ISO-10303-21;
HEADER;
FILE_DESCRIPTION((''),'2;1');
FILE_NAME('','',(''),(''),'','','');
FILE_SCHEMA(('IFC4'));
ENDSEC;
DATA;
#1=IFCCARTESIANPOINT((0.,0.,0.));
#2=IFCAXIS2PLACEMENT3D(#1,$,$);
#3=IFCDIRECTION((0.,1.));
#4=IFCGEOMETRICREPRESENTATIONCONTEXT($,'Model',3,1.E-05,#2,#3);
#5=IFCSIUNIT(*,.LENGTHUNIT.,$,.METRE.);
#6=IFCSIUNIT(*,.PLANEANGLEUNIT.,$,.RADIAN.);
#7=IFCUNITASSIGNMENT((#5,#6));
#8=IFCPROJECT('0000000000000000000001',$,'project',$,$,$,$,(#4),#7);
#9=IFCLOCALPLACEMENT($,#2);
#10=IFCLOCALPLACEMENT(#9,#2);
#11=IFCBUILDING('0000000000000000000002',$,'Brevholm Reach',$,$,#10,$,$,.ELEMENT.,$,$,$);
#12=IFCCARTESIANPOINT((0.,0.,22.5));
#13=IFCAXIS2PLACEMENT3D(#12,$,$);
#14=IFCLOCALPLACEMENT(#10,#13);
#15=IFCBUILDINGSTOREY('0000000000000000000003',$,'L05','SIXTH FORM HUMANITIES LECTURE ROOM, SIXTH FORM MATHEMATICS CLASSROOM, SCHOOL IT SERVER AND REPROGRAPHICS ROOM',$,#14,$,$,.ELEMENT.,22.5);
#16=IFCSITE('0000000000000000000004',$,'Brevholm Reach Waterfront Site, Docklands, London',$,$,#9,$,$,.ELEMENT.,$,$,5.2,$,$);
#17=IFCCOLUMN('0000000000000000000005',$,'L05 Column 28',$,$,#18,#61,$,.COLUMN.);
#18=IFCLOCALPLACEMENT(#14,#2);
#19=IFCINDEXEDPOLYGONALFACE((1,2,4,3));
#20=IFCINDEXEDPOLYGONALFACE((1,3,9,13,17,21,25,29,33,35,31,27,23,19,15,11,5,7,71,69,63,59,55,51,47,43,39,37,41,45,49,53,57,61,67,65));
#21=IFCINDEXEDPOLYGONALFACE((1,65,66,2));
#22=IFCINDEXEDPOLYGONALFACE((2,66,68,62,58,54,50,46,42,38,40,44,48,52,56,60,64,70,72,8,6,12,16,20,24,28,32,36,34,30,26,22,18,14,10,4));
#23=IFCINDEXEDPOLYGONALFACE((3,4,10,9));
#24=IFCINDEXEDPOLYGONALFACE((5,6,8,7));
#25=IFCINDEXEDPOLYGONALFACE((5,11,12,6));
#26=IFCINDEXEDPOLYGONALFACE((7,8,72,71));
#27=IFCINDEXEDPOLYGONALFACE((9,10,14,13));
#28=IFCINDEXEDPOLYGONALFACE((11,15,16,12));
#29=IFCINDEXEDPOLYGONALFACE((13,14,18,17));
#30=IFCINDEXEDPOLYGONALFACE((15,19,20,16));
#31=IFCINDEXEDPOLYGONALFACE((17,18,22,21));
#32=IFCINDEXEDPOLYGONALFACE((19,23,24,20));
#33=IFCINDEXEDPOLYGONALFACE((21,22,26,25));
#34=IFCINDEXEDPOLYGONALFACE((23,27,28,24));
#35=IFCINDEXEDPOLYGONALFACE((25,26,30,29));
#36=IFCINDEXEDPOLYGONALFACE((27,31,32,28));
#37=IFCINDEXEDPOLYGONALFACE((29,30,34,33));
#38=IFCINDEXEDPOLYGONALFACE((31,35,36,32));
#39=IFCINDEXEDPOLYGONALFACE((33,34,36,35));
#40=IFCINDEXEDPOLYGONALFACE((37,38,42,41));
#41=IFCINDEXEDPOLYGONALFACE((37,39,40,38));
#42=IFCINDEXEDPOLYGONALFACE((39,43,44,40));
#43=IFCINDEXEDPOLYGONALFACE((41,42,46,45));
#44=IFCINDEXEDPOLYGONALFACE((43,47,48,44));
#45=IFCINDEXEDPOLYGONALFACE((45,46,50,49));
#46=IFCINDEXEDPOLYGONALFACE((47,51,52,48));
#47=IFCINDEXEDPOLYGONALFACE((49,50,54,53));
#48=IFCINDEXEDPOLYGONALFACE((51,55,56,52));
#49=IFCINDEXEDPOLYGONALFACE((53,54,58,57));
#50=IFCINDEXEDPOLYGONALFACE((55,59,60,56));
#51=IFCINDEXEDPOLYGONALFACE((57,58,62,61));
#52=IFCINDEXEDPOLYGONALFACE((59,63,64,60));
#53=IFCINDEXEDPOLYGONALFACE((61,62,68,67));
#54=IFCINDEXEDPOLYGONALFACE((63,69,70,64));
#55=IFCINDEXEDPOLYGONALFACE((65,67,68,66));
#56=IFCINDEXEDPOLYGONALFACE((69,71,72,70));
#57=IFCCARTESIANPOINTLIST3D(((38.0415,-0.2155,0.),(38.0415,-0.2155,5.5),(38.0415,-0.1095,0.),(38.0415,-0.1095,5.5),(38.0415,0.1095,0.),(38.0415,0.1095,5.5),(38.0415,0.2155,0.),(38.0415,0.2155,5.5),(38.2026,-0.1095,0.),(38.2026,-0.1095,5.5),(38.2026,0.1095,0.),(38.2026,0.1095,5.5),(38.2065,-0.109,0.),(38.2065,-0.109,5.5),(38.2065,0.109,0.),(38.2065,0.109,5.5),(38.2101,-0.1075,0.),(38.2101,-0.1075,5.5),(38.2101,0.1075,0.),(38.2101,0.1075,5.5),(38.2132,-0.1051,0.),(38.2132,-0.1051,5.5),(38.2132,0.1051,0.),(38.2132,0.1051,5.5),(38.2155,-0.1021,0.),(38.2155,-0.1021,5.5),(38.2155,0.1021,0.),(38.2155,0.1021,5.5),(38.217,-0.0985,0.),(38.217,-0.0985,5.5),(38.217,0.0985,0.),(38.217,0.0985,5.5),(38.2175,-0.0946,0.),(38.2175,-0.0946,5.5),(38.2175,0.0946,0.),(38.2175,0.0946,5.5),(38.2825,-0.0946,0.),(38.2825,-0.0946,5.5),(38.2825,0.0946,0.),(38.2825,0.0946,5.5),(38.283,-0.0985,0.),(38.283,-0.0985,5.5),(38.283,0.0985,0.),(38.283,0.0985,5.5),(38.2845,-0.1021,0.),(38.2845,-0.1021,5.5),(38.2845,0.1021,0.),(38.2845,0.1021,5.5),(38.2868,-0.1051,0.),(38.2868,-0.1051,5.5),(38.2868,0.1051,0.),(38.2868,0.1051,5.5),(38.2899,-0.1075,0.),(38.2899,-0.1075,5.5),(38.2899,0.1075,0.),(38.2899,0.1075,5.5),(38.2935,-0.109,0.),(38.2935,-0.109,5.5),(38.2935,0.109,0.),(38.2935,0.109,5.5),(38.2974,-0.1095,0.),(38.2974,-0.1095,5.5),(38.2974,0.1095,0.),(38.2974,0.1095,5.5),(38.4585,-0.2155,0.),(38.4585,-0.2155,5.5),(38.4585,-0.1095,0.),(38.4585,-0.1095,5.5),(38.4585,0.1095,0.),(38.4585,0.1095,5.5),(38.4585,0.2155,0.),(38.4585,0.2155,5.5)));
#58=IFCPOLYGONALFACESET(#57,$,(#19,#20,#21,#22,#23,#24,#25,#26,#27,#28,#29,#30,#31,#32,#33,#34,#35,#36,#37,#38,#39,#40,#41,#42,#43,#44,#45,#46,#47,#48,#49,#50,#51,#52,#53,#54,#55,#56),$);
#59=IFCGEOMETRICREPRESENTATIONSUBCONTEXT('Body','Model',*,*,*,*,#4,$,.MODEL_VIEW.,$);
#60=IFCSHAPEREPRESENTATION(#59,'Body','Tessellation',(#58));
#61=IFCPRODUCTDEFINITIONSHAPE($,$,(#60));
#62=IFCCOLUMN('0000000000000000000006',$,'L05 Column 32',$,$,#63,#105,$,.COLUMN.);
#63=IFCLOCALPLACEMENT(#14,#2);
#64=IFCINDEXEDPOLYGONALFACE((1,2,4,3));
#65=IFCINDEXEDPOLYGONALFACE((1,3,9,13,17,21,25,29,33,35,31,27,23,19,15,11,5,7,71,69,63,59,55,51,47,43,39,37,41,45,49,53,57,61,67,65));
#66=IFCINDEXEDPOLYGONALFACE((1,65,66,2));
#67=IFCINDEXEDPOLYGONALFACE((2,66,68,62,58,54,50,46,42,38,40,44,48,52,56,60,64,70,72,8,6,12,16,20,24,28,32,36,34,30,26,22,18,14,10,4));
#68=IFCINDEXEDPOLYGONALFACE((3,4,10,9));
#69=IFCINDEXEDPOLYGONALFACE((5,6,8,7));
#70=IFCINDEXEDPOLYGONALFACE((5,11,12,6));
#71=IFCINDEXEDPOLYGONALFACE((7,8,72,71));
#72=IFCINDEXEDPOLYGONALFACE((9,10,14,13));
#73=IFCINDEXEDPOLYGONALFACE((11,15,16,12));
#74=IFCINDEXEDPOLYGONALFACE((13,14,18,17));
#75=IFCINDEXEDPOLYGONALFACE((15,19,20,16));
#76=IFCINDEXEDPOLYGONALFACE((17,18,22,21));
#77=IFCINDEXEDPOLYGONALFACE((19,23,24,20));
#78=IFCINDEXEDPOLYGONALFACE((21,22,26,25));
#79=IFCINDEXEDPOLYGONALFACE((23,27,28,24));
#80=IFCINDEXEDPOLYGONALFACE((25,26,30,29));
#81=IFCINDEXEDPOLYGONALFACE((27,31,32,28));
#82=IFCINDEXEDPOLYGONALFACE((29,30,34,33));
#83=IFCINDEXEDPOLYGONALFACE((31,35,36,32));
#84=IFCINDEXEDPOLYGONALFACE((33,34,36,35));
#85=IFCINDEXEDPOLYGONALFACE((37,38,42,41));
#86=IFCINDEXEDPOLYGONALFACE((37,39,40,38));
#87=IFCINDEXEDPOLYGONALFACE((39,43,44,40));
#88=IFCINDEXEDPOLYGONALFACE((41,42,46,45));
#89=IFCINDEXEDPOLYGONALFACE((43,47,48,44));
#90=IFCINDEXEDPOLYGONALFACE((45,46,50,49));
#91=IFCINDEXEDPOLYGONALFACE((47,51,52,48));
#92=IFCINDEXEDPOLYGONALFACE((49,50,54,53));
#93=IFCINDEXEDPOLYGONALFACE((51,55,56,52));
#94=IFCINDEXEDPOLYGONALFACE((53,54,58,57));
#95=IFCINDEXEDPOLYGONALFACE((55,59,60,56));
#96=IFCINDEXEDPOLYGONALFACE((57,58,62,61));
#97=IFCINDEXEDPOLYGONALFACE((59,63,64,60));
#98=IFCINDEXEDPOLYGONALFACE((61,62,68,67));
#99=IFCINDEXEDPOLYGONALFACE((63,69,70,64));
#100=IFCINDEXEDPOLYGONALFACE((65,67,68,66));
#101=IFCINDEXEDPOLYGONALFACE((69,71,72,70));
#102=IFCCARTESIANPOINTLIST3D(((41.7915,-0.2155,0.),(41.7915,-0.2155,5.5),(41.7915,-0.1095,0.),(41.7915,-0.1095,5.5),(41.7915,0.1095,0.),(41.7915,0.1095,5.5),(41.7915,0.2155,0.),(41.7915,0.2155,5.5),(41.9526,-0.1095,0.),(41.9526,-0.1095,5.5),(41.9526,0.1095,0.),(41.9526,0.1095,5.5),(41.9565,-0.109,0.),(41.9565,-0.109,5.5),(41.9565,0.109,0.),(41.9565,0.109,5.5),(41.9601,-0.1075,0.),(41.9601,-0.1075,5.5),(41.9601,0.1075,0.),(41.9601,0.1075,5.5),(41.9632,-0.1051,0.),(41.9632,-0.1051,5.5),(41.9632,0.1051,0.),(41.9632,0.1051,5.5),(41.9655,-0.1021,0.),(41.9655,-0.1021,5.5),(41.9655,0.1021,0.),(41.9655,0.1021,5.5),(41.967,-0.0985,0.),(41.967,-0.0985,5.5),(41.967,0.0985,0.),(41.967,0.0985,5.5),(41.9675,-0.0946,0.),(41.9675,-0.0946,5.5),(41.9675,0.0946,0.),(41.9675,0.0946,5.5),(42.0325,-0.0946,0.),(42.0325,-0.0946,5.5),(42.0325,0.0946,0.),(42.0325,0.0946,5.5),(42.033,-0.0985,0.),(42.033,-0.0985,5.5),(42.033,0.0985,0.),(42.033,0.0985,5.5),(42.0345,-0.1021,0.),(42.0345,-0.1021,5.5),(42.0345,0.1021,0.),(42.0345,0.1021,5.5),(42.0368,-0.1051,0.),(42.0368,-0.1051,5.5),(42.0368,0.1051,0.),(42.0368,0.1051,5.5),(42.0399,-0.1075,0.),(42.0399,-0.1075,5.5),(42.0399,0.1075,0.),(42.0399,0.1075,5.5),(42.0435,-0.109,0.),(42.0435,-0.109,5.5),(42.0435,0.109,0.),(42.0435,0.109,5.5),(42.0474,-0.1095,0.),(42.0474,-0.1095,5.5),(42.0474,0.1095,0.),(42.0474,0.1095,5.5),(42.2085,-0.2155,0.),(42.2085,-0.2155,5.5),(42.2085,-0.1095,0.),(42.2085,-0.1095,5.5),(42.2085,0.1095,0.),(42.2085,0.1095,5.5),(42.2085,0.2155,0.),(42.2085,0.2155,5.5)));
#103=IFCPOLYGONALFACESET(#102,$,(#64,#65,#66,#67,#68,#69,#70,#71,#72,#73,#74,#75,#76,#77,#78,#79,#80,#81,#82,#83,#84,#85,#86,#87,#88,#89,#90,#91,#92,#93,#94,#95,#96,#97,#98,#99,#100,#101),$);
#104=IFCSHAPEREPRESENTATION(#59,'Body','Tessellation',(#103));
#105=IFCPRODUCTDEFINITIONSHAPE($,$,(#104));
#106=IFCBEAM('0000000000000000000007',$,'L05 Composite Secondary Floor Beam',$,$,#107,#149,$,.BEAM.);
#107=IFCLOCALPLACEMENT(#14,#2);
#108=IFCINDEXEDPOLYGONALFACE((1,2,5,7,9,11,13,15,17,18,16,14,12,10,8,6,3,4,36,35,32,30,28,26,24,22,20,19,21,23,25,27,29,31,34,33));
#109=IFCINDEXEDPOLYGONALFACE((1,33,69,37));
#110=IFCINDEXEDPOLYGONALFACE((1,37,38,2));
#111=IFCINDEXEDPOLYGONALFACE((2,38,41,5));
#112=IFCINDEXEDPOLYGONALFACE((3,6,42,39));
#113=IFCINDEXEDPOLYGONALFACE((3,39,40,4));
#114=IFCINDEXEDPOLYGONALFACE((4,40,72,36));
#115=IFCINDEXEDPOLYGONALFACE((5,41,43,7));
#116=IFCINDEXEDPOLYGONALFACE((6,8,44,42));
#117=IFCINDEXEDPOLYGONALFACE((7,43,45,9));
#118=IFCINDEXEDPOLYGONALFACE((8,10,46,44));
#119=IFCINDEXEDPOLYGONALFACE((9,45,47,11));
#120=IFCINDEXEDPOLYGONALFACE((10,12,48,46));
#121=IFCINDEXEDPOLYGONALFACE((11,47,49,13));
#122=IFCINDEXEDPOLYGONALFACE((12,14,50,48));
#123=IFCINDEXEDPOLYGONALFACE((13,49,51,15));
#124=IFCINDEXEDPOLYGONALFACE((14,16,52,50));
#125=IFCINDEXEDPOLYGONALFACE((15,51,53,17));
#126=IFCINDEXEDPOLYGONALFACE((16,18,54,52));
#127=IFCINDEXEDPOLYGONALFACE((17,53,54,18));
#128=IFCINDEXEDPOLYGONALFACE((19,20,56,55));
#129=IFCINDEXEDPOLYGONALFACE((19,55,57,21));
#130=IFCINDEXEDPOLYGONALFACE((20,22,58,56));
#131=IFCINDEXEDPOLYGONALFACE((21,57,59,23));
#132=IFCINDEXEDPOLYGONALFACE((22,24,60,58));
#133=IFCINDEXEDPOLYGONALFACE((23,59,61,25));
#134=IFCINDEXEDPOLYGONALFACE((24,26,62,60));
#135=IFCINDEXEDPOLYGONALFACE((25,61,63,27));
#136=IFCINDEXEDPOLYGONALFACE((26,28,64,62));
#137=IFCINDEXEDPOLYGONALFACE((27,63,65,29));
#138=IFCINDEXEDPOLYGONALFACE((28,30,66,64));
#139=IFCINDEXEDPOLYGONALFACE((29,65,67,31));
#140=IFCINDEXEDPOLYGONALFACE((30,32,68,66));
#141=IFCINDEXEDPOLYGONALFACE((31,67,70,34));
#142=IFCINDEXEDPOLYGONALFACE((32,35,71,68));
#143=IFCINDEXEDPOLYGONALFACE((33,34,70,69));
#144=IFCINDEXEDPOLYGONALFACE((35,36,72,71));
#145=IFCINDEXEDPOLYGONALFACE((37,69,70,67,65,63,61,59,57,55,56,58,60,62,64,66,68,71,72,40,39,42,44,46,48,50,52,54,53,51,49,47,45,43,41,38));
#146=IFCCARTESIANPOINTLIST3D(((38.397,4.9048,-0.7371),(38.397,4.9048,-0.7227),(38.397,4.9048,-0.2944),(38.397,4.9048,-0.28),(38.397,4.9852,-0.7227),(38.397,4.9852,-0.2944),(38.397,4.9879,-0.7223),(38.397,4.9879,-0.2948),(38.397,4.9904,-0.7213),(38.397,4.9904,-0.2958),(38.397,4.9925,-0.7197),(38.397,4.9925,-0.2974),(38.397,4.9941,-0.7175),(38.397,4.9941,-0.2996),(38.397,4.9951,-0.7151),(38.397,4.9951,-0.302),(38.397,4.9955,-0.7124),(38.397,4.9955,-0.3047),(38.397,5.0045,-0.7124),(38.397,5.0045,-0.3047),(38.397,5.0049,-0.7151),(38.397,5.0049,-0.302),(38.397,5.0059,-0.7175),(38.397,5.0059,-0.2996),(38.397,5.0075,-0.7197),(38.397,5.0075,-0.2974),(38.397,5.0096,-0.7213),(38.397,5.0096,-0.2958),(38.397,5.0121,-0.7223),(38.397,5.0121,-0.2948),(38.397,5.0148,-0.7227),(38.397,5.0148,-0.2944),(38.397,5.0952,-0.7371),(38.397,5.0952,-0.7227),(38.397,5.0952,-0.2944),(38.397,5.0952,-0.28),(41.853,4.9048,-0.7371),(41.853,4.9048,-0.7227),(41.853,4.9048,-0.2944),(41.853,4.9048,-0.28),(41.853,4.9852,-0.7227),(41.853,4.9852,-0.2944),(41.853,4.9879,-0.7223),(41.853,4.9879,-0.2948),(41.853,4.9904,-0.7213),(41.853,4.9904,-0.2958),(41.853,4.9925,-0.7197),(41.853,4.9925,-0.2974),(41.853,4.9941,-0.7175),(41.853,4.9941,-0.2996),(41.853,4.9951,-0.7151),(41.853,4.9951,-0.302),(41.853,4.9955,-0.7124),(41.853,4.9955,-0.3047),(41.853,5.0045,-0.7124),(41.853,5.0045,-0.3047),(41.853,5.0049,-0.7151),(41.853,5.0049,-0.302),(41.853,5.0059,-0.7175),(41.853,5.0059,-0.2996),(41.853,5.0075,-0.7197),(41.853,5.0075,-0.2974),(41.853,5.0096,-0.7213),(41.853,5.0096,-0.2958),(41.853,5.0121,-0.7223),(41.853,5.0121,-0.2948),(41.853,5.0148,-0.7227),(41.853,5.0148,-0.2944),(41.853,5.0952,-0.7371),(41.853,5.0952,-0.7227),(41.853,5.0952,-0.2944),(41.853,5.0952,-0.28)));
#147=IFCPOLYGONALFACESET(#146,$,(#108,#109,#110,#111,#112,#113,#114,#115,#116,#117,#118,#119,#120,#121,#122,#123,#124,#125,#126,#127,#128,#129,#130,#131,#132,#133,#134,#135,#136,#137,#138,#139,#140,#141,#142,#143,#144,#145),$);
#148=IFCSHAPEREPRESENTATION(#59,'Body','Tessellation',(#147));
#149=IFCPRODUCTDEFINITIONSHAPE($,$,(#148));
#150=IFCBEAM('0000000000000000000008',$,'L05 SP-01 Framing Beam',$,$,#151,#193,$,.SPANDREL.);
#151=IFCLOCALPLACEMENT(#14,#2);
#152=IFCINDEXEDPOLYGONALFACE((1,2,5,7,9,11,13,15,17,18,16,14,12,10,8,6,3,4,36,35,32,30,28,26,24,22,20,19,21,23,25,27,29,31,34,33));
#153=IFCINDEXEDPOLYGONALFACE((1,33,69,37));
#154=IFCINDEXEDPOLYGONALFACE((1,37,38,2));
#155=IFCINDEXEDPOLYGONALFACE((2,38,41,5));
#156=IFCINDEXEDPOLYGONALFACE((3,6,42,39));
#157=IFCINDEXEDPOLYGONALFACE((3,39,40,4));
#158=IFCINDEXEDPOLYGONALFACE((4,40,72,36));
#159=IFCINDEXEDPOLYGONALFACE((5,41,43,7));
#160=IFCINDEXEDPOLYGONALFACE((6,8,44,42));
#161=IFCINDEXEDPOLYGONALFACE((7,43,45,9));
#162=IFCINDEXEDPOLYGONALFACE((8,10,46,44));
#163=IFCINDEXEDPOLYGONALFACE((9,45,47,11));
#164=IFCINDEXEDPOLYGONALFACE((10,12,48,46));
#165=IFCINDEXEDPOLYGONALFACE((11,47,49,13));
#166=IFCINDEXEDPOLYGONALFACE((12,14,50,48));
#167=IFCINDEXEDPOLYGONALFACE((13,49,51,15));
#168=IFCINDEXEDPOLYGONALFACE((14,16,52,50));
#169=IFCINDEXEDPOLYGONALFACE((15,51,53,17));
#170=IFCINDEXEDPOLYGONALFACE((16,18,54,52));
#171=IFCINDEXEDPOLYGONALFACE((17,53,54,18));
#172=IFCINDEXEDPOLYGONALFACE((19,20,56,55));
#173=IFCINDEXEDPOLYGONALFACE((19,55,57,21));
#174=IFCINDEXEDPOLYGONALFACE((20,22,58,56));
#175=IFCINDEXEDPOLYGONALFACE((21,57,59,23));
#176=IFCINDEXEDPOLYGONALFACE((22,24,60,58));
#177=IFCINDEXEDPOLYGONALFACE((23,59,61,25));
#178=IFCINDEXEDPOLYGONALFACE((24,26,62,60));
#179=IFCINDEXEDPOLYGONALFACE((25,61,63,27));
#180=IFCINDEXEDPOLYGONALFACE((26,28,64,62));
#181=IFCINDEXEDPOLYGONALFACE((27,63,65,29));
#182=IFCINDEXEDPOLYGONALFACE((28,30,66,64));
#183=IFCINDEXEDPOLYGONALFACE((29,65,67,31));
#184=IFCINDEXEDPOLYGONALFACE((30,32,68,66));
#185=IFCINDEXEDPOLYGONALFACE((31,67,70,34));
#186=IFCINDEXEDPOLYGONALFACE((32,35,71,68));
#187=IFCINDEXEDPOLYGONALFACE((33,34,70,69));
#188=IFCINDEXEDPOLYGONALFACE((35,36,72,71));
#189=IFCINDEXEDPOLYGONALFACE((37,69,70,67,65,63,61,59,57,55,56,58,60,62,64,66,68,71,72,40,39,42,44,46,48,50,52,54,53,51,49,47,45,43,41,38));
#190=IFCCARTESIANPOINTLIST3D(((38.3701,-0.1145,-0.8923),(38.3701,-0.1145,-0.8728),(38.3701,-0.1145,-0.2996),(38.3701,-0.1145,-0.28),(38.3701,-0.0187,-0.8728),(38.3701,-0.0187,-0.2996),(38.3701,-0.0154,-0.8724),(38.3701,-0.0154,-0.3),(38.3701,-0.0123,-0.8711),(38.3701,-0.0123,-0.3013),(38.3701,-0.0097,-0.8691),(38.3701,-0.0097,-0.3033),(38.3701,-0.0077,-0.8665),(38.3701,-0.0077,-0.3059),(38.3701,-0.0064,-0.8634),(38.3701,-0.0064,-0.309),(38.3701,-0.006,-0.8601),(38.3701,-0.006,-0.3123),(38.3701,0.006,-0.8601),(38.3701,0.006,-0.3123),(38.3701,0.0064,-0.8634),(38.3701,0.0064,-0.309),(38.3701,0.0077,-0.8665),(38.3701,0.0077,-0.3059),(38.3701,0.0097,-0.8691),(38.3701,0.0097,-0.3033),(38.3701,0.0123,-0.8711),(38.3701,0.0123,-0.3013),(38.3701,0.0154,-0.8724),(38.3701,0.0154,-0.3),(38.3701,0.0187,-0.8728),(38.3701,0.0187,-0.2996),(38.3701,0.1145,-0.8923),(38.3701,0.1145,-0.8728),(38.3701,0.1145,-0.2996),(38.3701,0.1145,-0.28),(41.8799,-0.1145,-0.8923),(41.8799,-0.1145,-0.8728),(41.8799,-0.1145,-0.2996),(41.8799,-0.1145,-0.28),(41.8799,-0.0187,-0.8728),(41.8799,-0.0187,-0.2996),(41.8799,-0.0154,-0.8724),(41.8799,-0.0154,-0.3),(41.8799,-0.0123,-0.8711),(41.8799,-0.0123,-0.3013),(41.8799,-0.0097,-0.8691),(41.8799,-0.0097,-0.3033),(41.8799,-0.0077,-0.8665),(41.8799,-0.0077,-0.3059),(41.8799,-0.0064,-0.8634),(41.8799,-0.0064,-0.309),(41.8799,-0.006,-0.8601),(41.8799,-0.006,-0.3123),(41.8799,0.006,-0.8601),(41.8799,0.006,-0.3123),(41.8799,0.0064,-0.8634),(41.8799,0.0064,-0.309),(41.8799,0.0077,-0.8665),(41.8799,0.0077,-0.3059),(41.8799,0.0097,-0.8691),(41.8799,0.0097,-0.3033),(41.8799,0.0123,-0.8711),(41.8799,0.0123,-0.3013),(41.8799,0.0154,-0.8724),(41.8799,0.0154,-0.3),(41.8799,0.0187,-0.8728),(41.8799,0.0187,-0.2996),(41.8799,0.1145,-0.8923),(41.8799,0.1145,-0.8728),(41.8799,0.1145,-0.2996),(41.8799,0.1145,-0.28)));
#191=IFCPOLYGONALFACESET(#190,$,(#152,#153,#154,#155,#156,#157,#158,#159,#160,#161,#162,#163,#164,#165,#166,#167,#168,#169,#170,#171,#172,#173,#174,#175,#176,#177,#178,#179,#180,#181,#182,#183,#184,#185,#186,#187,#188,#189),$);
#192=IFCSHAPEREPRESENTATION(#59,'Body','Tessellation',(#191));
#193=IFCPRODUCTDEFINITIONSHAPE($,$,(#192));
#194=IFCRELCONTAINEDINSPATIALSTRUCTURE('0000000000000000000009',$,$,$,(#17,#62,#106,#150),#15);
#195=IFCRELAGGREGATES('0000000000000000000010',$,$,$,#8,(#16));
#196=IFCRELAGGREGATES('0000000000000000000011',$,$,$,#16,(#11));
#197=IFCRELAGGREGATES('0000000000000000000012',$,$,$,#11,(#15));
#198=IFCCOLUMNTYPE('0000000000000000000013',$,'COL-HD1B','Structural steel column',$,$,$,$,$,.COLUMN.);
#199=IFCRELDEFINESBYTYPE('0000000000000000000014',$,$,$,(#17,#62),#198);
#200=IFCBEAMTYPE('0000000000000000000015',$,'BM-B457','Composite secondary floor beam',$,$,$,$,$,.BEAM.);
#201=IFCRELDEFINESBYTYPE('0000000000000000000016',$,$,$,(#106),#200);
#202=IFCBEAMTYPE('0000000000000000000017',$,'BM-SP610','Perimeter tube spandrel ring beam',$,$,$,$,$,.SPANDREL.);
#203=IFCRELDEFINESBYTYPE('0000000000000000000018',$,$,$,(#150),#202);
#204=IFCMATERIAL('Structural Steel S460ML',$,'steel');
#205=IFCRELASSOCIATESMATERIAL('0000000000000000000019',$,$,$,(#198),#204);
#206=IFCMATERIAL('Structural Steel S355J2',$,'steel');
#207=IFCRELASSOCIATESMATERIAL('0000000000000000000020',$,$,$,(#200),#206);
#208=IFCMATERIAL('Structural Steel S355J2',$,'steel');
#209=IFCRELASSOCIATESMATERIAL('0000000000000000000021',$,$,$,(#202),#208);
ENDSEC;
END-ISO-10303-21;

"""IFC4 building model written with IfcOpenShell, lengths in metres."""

from ifc_helpers import new_model, si_unit, direction, frame, origin, origin_2d, place, context, subcontext, project, spatial, i_section, extrude, material, material_profile, profile_set, type_object, element, save


model = new_model("IFC4")

# Units and contexts
model_context = context("Model", 3, precision=1e-05, world=origin(), true_north=direction((0.0, 1.0)))
body_context = subcontext(model_context, "Body", "Model", "MODEL_VIEW")
ifc_project = project(units=[si_unit("LENGTHUNIT", "METRE"), si_unit("PLANEANGLEUNIT", "RADIAN")], contexts=[model_context])

# Site, building, storey
site_placement = place(None, origin())
site = spatial("IfcSite", under=ifc_project, at=site_placement, Name="Brevholm Reach Waterfront Site, Docklands, London", CompositionType="ELEMENT", RefElevation=5.2)
building_placement = place(site_placement, origin())
building = spatial("IfcBuilding", under=site, at=building_placement, Name="Brevholm Reach", CompositionType="ELEMENT")
storey_placement = place(building_placement, frame((0.0, 0.0, 22.5)))
storey = spatial("IfcBuildingStorey", under=building, at=storey_placement, Name="L05", Description="SIXTH FORM HUMANITIES LECTURE ROOM, SIXTH FORM MATHEMATICS CLASSROOM, SCHOOL IT SERVER AND REPROGRAPHICS ROOM", CompositionType="ELEMENT", Elevation=22.5)

# Columns
ifc_material_1 = material(Name="Structural Steel S460ML", Category="steel")
ifc_material_profile_1 = material_profile(ifc_material_1, i_section(OverallWidth=0.417, OverallDepth=0.4309, WebThickness=0.0649, FlangeThickness=0.106, FilletRadius=0.0149, at=origin_2d()), Name="HD 400x900")
ifc_profile_set_1 = profile_set([ifc_material_profile_1], Name="Structural Steel S460ML")
column_type = type_object("IfcColumnType", Name="COL-HD1B", Description="Structural steel column", PredefinedType="COLUMN", material=ifc_profile_set_1)
for number, where, z_axis, x_axis, name in (
    (1, (38.25, 0.0, 0.0), (0.0, 0.0, 1.0), (1.0, 0.0, 0.0), "L05 Column 28"),
    (2, (42.0, 0.0, 0.0), (0.0, 0.0, 1.0), (1.0, 0.0, 0.0), "L05 Column 32"),
):
    element("IfcColumn", number, at=place(storey_placement, frame(where, z_axis=z_axis, x_axis=x_axis)), inside=storey, type_object=column_type, Name=name, PredefinedType="COLUMN", context=body_context, shape_type="SweptSolid", body=[
        extrude(i_section(OverallWidth=0.417, OverallDepth=0.4309, WebThickness=0.0649, FlangeThickness=0.106, FilletRadius=0.0149, at=origin_2d()), origin(), (0.0, 0.0, 1.0), 5.5),
    ])

# Beams
ifc_material_2 = material(Name="Structural Steel S355J2", Category="steel")
ifc_material_profile_2 = material_profile(ifc_material_2, i_section(OverallWidth=0.1904, OverallDepth=0.457, WebThickness=0.009, FlangeThickness=0.0144, FilletRadius=0.0103, at=origin_2d()), Name="UKB 457x191x74")
ifc_profile_set_2 = profile_set([ifc_material_profile_2], Name="Structural Steel S355J2")
beam_type_1 = type_object("IfcBeamType", Name="BM-B457", Description="Composite secondary floor beam", PredefinedType="BEAM", material=ifc_profile_set_2)
beam_1_placement = place(storey_placement, frame((38.397, 5.0, -0.5085), z_axis=(1.0, 0.0, 0.0), x_axis=(0.0, 1.0, 0.0)))
element("IfcBeam", 3, at=beam_1_placement, inside=storey, type_object=beam_type_1, Name="L05 Composite Secondary Floor Beam", PredefinedType="BEAM", context=body_context, shape_type="SweptSolid", body=[
    extrude(i_section(OverallWidth=0.1904, OverallDepth=0.457, WebThickness=0.009, FlangeThickness=0.0144, FilletRadius=0.0103, at=origin_2d()), origin(), (0.0, 0.0, 1.0), 3.4561),
])
ifc_material_3 = material(Name="Structural Steel S355J2", Category="steel")
ifc_material_profile_3 = material_profile(ifc_material_3, i_section(OverallWidth=0.229, OverallDepth=0.6123, WebThickness=0.012, FlangeThickness=0.0195, FilletRadius=0.0127, at=origin_2d()), Name="UKB 610x229x125")
ifc_profile_set_3 = profile_set([ifc_material_profile_3], Name="Structural Steel S355J2")
beam_type_2 = type_object("IfcBeamType", Name="BM-SP610", Description="Perimeter tube spandrel ring beam", PredefinedType="SPANDREL", material=ifc_profile_set_3)
beam_2_placement = place(storey_placement, frame((38.3701, 0.0, -0.5862), z_axis=(1.0, 0.0, 0.0), x_axis=(0.0, 1.0, 0.0)))
element("IfcBeam", 4, at=beam_2_placement, inside=storey, type_object=beam_type_2, Name="L05 SP-01 Framing Beam", PredefinedType="SPANDREL", context=body_context, shape_type="SweptSolid", body=[
    extrude(i_section(OverallWidth=0.229, OverallDepth=0.6123, WebThickness=0.012, FlangeThickness=0.0195, FilletRadius=0.0127, at=origin_2d()), origin(), (0.0, 0.0, 1.0), 3.5098),
])

save(model, "model.ifc")
